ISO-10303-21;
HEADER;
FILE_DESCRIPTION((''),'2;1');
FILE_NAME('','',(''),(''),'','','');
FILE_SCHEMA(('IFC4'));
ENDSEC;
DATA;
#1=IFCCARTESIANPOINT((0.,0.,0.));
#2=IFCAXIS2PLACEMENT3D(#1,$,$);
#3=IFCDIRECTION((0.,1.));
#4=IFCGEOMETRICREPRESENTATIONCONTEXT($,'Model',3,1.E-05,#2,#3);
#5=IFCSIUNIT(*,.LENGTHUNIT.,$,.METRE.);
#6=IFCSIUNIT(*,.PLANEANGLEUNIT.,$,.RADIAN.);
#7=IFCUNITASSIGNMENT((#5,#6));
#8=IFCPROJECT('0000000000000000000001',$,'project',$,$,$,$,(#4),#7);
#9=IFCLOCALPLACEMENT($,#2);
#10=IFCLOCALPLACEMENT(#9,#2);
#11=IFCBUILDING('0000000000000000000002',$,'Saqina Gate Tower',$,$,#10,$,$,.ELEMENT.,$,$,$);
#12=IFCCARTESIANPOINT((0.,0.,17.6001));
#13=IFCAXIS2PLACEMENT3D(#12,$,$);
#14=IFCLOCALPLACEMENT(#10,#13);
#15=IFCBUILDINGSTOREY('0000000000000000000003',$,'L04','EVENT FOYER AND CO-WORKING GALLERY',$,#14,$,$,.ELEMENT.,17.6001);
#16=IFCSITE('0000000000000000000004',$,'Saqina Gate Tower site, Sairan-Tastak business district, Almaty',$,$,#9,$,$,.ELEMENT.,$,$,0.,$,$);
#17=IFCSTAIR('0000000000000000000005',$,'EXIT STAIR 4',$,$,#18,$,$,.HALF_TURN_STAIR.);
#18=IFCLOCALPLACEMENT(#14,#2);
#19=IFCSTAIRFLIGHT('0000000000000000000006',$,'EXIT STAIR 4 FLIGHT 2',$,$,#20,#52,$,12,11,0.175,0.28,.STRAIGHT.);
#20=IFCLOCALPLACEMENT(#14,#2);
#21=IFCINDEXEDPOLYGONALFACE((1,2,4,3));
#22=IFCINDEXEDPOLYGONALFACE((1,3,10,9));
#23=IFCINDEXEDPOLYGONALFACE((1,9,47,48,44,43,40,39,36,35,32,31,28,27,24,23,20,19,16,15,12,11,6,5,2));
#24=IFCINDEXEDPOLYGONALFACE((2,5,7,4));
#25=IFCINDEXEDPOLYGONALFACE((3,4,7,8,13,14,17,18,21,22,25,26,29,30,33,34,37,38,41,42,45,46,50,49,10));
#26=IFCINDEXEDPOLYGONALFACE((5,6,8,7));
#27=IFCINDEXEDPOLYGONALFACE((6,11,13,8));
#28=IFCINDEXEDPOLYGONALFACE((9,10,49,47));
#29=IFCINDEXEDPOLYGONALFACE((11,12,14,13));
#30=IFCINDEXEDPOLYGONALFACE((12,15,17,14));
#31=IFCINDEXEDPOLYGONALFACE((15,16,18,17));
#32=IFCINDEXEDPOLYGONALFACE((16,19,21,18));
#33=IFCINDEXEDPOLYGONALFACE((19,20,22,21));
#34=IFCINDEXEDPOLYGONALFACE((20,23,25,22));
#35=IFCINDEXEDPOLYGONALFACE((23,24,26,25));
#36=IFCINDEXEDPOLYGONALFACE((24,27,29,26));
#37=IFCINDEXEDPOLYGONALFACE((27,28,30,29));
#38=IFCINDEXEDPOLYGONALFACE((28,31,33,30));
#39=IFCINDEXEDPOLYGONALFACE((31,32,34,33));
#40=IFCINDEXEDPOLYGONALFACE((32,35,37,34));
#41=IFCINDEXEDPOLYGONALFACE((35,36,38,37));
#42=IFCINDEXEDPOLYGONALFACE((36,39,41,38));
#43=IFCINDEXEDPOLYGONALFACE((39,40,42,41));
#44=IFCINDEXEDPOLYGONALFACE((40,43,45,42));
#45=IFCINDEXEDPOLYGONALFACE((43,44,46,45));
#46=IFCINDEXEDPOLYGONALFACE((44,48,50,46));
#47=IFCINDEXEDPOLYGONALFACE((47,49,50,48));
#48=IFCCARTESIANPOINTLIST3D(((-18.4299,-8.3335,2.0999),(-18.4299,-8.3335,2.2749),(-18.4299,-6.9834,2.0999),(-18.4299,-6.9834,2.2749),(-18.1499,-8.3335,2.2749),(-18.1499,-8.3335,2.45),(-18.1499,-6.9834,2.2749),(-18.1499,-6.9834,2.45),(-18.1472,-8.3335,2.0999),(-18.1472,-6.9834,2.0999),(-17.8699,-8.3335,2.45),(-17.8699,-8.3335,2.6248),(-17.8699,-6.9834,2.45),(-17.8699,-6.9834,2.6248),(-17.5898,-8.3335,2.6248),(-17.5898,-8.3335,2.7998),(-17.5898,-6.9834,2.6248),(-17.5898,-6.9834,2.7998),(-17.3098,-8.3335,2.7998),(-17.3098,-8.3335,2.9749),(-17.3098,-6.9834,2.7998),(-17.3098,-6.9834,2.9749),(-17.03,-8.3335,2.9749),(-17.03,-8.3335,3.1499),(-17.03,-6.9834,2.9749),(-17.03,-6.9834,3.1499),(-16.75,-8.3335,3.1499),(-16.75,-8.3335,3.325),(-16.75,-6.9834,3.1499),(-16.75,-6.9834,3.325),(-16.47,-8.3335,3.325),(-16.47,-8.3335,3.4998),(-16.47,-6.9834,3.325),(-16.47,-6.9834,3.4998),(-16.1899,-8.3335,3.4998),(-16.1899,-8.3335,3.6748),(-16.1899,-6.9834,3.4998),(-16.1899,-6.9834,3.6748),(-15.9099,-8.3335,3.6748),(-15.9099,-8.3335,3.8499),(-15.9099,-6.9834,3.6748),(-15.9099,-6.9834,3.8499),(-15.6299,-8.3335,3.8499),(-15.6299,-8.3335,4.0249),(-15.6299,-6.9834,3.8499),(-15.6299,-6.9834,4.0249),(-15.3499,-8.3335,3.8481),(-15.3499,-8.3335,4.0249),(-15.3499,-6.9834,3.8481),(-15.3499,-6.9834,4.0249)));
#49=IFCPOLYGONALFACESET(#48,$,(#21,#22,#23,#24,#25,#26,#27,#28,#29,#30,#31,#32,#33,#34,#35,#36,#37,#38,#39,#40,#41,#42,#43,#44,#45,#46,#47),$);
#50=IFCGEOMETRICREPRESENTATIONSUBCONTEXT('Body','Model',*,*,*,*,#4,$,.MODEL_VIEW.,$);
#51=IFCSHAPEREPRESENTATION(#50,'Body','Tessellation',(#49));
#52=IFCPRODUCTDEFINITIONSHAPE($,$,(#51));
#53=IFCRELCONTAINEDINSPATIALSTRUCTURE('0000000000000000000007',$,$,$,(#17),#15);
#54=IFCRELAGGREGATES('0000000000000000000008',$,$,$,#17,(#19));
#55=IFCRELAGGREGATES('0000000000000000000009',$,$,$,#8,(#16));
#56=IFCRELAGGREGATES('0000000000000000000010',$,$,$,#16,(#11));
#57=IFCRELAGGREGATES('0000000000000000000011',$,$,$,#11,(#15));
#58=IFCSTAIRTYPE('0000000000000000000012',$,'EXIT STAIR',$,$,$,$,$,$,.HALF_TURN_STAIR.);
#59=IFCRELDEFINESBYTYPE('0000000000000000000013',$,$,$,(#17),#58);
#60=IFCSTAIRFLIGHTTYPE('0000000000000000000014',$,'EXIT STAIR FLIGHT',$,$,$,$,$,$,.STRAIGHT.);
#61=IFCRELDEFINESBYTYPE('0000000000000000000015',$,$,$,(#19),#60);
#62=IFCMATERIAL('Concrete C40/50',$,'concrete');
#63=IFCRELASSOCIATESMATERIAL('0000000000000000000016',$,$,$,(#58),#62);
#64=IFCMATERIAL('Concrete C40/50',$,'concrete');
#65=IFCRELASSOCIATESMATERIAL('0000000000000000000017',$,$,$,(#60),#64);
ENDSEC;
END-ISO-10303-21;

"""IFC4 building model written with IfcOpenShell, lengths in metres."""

from ifc_helpers import new_model, si_unit, direction, frame, origin, place, context, subcontext, project, spatial, polyline, outline, extrude, material, type_object, element, aggregate, save


model = new_model("IFC4")

# Units and contexts
model_context = context("Model", 3, precision=1e-05, world=origin(), true_north=direction((0.0, 1.0)))
body_context = subcontext(model_context, "Body", "Model", "MODEL_VIEW")
ifc_project = project(units=[si_unit("LENGTHUNIT", "METRE"), si_unit("PLANEANGLEUNIT", "RADIAN")], contexts=[model_context])

# Site, building, storey
site_placement = place(None, origin())
site = spatial("IfcSite", under=ifc_project, at=site_placement, Name="Saqina Gate Tower site, Sairan-Tastak business district, Almaty", CompositionType="ELEMENT", RefElevation=0.0)
building_placement = place(site_placement, origin())
building = spatial("IfcBuilding", under=site, at=building_placement, Name="Saqina Gate Tower", CompositionType="ELEMENT")
storey_placement = place(building_placement, frame((0.0, 0.0, 17.6001)))
storey = spatial("IfcBuildingStorey", under=building, at=storey_placement, Name="L04", Description="EVENT FOYER AND CO-WORKING GALLERY", CompositionType="ELEMENT", Elevation=17.6001)

# Stair, stair flight
ifc_material_1 = material(Name="Concrete C40/50", Category="concrete")
stair_type = type_object("IfcStairType", Name="EXIT STAIR", PredefinedType="HALF_TURN_STAIR", material=ifc_material_1)
stair_placement = place(storey_placement, origin())
stair = element("IfcStair", 1, at=stair_placement, inside=storey, type_object=stair_type, Name="EXIT STAIR 4", PredefinedType="HALF_TURN_STAIR")
ifc_material_2 = material(Name="Concrete C40/50", Category="concrete")
stair_flight_type = type_object("IfcStairFlightType", Name="EXIT STAIR FLIGHT", PredefinedType="STRAIGHT", material=ifc_material_2)
stair_flight_1_placement = place(storey_placement, frame((-18.4299, -7.6584, 2.0999), z_axis=(0.0, 0.0, 1.0), x_axis=(1.0, 0.0, 0.0)))
stair_flight_1 = element("IfcStairFlight", 2, at=stair_flight_1_placement, type_object=stair_flight_type, Name="EXIT STAIR 4 FLIGHT 2", NumberOfRisers=12, NumberOfTreads=11, PredefinedType="STRAIGHT", RiserHeight=0.175, TreadLength=0.28, context=body_context, shape_type="SweptSolid", body=[
    extrude(outline(polyline([(0.0, 0.0), (0.0, 0.175), (0.28, 0.175), (0.28, 0.3501), (0.5601, 0.3501), (0.5601, 0.5249), (0.8401, 0.5249), (0.8401, 0.7), (1.1201, 0.7), (1.1201, 0.875), (1.3999, 0.875), (1.3999, 1.05), (1.6799, 1.05), (1.6799, 1.2251), (1.96, 1.2251), (1.96, 1.3999), (2.24, 1.3999), (2.24, 1.575), (2.52, 1.575), (2.52, 1.75), (2.8, 1.75), (2.8, 1.925), (3.0801, 1.925), (3.0801, 2.1001), (3.0801, 1.7483), (0.2827, 0.0), (0.0, 0.0)])), frame((0.0, 0.675, 0.0), z_axis=(0.0, -1.0, 0.0), x_axis=(1.0, 0.0, 0.0)), (0.0, 0.0, 1.0), 1.3501),
])
aggregate(stair, [stair_flight_1])

save(model, "model.ifc")
